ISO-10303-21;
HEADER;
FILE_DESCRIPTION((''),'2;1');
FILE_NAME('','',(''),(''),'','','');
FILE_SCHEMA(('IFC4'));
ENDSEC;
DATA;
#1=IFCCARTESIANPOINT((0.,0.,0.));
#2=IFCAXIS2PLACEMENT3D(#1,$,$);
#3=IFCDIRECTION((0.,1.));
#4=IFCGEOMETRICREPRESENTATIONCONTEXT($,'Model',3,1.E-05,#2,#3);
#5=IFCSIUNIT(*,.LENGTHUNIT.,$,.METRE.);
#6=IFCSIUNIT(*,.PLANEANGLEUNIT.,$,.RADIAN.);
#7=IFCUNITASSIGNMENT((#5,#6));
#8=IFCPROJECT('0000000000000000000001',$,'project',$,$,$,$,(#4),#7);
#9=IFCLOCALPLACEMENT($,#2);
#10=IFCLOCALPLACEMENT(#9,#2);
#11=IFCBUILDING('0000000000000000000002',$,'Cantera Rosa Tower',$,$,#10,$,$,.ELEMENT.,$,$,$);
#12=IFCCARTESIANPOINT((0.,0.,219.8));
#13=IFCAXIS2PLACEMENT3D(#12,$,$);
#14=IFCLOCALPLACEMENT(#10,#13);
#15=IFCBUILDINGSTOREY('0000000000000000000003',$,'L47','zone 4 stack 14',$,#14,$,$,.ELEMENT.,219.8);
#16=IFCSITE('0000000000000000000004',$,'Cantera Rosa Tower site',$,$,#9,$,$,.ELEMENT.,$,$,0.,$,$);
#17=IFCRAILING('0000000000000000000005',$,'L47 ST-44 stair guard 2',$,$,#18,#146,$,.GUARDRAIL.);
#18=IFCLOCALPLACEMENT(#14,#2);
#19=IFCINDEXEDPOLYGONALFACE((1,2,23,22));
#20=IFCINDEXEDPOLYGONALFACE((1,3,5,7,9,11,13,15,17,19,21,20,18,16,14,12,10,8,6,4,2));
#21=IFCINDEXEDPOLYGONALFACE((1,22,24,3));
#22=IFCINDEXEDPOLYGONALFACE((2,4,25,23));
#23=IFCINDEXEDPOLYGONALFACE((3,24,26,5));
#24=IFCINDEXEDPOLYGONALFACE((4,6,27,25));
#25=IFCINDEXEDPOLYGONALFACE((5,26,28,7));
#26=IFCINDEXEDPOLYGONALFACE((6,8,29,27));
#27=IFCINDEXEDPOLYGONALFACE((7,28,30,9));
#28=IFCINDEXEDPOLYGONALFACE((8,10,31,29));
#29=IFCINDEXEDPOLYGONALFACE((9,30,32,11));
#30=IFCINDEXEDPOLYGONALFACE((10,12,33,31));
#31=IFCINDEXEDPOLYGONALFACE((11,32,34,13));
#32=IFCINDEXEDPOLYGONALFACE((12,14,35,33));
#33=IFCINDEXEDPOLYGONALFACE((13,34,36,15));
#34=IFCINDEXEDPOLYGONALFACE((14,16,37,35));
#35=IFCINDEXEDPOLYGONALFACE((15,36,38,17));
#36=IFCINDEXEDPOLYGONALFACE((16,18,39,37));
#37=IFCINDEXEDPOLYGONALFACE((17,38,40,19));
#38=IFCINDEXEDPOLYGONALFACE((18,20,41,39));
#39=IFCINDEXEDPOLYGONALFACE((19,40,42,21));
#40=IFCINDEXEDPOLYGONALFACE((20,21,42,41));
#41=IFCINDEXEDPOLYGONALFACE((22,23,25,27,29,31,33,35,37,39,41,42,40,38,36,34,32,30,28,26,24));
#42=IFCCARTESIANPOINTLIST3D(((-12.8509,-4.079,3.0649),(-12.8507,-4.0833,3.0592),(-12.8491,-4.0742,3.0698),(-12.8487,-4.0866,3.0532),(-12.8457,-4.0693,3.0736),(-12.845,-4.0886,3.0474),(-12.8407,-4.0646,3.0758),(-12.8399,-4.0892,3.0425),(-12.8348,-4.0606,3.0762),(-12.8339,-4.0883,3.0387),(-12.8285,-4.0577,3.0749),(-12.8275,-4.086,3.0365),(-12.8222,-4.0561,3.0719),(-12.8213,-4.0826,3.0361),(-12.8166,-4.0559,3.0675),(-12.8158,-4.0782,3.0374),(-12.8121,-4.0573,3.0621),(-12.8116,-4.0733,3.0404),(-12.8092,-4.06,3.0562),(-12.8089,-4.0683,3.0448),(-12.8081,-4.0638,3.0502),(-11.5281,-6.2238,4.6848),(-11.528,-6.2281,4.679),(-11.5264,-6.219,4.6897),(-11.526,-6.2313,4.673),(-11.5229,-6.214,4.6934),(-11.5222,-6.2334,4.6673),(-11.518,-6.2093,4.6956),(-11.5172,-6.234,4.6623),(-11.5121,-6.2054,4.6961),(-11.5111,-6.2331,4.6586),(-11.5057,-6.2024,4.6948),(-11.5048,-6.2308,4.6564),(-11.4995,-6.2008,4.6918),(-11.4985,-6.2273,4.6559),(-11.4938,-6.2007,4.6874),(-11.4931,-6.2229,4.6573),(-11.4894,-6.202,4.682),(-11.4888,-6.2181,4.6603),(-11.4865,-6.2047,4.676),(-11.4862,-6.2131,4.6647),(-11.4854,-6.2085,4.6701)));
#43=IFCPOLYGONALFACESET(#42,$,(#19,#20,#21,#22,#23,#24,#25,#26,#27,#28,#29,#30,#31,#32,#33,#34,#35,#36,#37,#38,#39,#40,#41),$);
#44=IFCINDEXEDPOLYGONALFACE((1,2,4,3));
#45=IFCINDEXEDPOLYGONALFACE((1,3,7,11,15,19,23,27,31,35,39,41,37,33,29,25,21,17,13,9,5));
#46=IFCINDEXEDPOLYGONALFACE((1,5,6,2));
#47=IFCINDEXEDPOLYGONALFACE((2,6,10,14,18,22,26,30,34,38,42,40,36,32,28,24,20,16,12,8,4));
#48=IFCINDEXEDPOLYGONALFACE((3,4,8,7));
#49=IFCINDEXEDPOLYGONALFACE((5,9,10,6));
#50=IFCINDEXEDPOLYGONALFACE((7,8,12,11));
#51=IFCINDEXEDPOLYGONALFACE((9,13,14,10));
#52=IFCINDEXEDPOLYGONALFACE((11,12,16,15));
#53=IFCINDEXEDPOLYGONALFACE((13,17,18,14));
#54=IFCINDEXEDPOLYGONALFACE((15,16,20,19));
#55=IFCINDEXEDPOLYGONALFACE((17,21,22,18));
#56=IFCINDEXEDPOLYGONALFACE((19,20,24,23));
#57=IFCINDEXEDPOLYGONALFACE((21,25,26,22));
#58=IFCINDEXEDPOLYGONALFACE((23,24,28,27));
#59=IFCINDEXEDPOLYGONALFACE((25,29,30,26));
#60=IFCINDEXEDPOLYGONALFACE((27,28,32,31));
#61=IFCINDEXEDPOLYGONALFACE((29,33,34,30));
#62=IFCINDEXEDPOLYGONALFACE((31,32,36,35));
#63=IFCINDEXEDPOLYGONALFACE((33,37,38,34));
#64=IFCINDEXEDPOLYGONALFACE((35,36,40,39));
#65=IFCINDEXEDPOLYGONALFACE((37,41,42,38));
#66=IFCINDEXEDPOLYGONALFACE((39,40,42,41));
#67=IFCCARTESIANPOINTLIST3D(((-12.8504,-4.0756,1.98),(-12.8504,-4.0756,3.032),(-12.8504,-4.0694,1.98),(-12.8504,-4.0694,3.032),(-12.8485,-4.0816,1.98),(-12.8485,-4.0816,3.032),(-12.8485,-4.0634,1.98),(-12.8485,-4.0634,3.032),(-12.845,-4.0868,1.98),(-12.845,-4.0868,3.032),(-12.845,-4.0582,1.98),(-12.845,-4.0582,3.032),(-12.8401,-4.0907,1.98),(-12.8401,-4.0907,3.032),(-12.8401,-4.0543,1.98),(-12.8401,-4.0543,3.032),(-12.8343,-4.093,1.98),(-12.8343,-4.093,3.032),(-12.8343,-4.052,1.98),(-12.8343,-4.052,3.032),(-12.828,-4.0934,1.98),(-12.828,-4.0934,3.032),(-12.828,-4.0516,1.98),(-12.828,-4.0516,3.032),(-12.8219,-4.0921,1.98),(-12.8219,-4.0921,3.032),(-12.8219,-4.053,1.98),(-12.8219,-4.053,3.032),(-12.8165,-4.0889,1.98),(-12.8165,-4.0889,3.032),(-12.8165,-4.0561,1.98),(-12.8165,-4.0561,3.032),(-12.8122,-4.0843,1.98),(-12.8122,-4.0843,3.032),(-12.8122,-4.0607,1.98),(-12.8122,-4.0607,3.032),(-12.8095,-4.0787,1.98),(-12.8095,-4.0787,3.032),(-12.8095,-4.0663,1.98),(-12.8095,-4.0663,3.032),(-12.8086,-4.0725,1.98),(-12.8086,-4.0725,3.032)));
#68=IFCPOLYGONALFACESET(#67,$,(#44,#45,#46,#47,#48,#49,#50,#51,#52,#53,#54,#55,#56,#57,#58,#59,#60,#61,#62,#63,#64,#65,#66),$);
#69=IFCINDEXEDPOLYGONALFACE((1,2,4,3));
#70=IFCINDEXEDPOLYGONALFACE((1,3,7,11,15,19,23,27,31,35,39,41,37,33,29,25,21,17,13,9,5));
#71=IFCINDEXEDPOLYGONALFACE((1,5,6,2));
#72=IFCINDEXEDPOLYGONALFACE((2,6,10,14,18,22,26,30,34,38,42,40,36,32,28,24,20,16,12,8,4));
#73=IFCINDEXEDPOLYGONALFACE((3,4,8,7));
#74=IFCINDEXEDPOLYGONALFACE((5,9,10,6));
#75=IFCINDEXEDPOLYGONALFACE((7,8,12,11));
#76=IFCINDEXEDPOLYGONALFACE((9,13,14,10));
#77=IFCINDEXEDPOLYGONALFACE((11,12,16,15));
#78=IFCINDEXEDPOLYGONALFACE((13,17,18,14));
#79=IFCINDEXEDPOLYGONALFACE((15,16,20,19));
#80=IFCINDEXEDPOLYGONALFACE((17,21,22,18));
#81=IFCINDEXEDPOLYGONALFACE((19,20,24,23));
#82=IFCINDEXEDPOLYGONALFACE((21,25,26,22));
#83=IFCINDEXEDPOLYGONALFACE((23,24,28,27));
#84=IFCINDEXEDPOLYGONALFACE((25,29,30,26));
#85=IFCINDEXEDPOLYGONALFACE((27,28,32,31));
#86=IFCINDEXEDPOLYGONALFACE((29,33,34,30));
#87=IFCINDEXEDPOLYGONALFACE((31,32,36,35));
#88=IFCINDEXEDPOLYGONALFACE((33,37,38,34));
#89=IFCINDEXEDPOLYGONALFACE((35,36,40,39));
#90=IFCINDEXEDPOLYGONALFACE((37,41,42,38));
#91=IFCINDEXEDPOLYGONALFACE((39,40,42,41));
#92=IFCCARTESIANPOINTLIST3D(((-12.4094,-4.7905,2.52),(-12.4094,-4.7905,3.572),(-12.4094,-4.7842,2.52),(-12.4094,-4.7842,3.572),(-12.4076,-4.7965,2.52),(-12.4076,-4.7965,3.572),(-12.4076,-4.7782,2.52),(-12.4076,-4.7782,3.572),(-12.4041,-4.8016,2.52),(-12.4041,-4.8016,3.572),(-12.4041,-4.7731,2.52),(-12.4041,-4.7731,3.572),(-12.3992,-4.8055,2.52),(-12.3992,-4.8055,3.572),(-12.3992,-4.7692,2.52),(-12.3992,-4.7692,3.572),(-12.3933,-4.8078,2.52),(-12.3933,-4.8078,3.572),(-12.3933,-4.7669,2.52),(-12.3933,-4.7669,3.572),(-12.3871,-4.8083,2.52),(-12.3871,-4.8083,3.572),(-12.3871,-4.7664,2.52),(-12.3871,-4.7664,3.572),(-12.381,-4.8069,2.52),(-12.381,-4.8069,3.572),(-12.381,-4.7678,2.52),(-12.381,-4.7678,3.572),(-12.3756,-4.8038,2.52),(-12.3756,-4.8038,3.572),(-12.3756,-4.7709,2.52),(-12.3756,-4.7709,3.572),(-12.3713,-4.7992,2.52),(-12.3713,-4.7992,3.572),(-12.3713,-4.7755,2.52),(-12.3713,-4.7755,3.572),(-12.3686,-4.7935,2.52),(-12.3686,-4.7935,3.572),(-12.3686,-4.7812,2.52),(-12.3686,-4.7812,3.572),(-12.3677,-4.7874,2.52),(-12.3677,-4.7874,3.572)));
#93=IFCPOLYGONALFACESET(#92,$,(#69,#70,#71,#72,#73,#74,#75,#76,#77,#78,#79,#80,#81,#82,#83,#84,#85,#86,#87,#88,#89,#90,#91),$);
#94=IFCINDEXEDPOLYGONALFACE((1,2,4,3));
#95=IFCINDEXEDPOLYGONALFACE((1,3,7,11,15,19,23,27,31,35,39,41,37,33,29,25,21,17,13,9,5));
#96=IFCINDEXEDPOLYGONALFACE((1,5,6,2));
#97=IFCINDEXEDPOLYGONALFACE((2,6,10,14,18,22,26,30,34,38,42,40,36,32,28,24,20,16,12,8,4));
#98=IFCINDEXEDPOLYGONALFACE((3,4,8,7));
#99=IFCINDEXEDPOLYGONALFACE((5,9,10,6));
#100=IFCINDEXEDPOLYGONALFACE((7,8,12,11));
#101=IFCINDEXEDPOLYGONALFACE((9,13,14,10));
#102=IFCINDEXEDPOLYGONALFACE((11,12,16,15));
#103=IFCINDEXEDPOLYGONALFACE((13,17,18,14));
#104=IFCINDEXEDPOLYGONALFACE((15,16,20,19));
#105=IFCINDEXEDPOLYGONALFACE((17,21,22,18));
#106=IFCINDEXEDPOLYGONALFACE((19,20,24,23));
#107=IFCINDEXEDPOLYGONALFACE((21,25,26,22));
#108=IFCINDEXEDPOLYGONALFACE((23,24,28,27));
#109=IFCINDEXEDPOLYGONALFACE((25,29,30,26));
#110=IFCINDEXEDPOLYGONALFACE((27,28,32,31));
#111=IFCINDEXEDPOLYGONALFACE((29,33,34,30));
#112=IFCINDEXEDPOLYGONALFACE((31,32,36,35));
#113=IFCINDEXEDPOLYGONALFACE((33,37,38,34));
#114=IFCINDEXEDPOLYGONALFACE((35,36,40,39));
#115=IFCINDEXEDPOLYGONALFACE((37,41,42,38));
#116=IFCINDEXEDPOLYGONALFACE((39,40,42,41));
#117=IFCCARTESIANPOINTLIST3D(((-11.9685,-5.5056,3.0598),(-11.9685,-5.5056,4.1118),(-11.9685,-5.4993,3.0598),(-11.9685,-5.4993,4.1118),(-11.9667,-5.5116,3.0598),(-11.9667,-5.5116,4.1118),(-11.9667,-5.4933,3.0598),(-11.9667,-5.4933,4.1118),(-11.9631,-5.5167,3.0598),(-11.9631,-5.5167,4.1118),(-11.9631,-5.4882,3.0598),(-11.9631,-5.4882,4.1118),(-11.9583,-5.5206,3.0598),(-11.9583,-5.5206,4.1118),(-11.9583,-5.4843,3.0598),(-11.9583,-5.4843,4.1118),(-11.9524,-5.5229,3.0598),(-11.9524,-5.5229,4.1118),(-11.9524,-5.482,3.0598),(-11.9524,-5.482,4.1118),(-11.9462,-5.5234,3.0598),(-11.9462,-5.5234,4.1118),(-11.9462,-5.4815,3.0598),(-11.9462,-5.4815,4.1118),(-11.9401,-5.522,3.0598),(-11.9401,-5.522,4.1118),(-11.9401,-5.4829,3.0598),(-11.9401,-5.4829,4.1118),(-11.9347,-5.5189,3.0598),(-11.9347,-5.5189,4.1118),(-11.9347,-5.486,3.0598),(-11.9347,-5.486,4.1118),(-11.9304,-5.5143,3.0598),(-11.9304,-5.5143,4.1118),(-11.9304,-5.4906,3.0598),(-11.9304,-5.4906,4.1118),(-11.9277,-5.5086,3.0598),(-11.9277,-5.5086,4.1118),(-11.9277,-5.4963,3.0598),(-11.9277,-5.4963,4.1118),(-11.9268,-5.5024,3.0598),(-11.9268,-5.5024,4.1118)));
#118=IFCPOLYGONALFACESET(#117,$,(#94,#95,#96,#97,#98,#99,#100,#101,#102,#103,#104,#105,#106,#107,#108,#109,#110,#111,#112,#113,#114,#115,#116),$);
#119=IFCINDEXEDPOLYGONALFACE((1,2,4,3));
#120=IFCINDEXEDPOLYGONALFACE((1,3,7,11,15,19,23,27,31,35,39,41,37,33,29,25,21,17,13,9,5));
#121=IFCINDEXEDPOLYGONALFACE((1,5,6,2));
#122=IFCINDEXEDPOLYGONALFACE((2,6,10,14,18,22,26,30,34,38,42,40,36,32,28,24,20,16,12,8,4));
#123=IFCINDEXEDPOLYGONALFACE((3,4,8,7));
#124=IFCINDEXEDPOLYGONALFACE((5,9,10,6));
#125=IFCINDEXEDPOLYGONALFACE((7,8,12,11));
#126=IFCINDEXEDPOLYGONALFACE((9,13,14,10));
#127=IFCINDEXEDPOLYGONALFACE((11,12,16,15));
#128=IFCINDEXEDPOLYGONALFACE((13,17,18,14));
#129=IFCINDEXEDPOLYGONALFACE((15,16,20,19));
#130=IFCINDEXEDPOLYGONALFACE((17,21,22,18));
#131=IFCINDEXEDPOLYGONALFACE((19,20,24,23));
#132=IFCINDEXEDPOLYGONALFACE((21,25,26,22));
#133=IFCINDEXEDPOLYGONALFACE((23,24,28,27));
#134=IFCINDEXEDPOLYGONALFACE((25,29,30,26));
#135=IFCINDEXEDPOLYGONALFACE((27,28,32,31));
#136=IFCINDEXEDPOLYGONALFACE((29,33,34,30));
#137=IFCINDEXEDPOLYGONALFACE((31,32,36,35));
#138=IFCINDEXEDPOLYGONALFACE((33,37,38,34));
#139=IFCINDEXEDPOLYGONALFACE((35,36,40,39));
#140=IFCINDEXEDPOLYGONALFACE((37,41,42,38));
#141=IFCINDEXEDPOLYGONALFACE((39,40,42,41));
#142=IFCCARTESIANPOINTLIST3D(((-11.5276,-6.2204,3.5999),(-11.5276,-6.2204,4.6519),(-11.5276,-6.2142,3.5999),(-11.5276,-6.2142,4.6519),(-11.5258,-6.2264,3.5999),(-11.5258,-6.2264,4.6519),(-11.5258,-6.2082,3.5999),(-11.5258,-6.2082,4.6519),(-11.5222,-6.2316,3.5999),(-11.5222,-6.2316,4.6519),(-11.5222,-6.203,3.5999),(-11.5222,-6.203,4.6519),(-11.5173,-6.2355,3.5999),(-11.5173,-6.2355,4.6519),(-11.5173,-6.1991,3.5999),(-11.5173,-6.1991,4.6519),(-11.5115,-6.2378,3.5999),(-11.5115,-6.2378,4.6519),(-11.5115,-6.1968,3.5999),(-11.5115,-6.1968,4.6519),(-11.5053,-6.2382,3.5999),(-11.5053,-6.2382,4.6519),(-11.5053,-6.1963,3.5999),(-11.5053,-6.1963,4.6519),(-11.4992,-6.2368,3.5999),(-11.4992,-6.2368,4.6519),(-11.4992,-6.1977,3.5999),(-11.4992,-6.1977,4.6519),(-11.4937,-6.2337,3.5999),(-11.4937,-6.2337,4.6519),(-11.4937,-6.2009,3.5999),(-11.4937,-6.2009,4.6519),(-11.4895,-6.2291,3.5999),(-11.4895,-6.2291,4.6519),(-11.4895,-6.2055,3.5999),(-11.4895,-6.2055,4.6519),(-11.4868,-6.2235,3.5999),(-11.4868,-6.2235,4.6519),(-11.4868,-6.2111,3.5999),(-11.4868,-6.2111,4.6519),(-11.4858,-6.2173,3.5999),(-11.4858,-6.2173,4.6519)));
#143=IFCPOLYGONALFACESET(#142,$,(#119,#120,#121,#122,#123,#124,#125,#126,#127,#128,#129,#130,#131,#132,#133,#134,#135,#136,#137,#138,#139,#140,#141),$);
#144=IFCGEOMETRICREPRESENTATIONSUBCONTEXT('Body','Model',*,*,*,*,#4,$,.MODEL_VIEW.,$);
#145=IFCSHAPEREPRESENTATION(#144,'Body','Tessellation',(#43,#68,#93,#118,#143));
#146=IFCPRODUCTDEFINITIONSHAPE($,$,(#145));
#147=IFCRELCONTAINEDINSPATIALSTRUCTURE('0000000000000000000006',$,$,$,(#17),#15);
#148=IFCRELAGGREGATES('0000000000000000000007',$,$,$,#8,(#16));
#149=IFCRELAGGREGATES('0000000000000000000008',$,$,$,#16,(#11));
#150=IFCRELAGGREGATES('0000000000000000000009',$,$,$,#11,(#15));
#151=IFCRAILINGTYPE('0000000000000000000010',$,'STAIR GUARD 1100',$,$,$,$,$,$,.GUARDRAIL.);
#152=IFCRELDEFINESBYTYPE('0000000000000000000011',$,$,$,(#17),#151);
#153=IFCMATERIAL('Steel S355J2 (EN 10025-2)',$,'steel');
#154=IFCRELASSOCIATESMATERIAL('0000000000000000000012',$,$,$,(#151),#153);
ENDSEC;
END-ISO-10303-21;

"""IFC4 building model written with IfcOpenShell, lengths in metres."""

from ifc_helpers import new_model, si_unit, direction, frame, origin, origin_2d, place, context, subcontext, project, spatial, circle, extrude, material, type_object, element, save


model = new_model("IFC4")

# Units and contexts
model_context = context("Model", 3, precision=1e-05, world=origin(), true_north=direction((0.0, 1.0)))
body_context = subcontext(model_context, "Body", "Model", "MODEL_VIEW")
ifc_project = project(units=[si_unit("LENGTHUNIT", "METRE"), si_unit("PLANEANGLEUNIT", "RADIAN")], contexts=[model_context])

# Site, building, storey
site_placement = place(None, origin())
site = spatial("IfcSite", under=ifc_project, at=site_placement, Name="Cantera Rosa Tower site", CompositionType="ELEMENT", RefElevation=0.0)
building_placement = place(site_placement, origin())
building = spatial("IfcBuilding", under=site, at=building_placement, Name="Cantera Rosa Tower", CompositionType="ELEMENT")
storey_placement = place(building_placement, frame((0.0, 0.0, 219.8)))
storey = spatial("IfcBuildingStorey", under=building, at=storey_placement, Name="L47", Description="zone 4 stack 14", CompositionType="ELEMENT", Elevation=219.8)

# Railing
ifc_material_1 = material(Name="Steel S355J2 (EN 10025-2)", Category="steel")
railing_type_1 = type_object("IfcRailingType", Name="STAIR GUARD 1100", PredefinedType="GUARDRAIL", material=ifc_material_1)
railing_1_placement = place(storey_placement, frame((-12.8296, -4.0725, 1.98)))
element("IfcRailing", 1, at=railing_1_placement, inside=storey, type_object=railing_type_1, Name="L47 ST-44 stair guard 2", PredefinedType="GUARDRAIL", context=body_context, shape_type="SweptSolid", body=[
    extrude(circle(Radius=0.0239, at=origin_2d()), frame((0.0, 0.0, 1.0762), z_axis=(0.441563, -0.715971, 0.540748), x_axis=(0.851146, 0.52493, 0.0)), (0.0, 0.0, 1.0), 2.9956),
    extrude(circle(Radius=0.021, at=origin_2d()), origin(), (0.0, 0.0, 1.0), 1.052),
    extrude(circle(Radius=0.021, at=origin_2d()), frame((0.4409, -0.7148, 0.54)), (0.0, 0.0, 1.0), 1.052),
    extrude(circle(Radius=0.021, at=origin_2d()), frame((0.8818, -1.4299, 1.0798)), (0.0, 0.0, 1.0), 1.052),
    extrude(circle(Radius=0.021, at=origin_2d()), frame((1.3228, -2.1448, 1.6199)), (0.0, 0.0, 1.0), 1.052),
])

save(model, "model.ifc")
